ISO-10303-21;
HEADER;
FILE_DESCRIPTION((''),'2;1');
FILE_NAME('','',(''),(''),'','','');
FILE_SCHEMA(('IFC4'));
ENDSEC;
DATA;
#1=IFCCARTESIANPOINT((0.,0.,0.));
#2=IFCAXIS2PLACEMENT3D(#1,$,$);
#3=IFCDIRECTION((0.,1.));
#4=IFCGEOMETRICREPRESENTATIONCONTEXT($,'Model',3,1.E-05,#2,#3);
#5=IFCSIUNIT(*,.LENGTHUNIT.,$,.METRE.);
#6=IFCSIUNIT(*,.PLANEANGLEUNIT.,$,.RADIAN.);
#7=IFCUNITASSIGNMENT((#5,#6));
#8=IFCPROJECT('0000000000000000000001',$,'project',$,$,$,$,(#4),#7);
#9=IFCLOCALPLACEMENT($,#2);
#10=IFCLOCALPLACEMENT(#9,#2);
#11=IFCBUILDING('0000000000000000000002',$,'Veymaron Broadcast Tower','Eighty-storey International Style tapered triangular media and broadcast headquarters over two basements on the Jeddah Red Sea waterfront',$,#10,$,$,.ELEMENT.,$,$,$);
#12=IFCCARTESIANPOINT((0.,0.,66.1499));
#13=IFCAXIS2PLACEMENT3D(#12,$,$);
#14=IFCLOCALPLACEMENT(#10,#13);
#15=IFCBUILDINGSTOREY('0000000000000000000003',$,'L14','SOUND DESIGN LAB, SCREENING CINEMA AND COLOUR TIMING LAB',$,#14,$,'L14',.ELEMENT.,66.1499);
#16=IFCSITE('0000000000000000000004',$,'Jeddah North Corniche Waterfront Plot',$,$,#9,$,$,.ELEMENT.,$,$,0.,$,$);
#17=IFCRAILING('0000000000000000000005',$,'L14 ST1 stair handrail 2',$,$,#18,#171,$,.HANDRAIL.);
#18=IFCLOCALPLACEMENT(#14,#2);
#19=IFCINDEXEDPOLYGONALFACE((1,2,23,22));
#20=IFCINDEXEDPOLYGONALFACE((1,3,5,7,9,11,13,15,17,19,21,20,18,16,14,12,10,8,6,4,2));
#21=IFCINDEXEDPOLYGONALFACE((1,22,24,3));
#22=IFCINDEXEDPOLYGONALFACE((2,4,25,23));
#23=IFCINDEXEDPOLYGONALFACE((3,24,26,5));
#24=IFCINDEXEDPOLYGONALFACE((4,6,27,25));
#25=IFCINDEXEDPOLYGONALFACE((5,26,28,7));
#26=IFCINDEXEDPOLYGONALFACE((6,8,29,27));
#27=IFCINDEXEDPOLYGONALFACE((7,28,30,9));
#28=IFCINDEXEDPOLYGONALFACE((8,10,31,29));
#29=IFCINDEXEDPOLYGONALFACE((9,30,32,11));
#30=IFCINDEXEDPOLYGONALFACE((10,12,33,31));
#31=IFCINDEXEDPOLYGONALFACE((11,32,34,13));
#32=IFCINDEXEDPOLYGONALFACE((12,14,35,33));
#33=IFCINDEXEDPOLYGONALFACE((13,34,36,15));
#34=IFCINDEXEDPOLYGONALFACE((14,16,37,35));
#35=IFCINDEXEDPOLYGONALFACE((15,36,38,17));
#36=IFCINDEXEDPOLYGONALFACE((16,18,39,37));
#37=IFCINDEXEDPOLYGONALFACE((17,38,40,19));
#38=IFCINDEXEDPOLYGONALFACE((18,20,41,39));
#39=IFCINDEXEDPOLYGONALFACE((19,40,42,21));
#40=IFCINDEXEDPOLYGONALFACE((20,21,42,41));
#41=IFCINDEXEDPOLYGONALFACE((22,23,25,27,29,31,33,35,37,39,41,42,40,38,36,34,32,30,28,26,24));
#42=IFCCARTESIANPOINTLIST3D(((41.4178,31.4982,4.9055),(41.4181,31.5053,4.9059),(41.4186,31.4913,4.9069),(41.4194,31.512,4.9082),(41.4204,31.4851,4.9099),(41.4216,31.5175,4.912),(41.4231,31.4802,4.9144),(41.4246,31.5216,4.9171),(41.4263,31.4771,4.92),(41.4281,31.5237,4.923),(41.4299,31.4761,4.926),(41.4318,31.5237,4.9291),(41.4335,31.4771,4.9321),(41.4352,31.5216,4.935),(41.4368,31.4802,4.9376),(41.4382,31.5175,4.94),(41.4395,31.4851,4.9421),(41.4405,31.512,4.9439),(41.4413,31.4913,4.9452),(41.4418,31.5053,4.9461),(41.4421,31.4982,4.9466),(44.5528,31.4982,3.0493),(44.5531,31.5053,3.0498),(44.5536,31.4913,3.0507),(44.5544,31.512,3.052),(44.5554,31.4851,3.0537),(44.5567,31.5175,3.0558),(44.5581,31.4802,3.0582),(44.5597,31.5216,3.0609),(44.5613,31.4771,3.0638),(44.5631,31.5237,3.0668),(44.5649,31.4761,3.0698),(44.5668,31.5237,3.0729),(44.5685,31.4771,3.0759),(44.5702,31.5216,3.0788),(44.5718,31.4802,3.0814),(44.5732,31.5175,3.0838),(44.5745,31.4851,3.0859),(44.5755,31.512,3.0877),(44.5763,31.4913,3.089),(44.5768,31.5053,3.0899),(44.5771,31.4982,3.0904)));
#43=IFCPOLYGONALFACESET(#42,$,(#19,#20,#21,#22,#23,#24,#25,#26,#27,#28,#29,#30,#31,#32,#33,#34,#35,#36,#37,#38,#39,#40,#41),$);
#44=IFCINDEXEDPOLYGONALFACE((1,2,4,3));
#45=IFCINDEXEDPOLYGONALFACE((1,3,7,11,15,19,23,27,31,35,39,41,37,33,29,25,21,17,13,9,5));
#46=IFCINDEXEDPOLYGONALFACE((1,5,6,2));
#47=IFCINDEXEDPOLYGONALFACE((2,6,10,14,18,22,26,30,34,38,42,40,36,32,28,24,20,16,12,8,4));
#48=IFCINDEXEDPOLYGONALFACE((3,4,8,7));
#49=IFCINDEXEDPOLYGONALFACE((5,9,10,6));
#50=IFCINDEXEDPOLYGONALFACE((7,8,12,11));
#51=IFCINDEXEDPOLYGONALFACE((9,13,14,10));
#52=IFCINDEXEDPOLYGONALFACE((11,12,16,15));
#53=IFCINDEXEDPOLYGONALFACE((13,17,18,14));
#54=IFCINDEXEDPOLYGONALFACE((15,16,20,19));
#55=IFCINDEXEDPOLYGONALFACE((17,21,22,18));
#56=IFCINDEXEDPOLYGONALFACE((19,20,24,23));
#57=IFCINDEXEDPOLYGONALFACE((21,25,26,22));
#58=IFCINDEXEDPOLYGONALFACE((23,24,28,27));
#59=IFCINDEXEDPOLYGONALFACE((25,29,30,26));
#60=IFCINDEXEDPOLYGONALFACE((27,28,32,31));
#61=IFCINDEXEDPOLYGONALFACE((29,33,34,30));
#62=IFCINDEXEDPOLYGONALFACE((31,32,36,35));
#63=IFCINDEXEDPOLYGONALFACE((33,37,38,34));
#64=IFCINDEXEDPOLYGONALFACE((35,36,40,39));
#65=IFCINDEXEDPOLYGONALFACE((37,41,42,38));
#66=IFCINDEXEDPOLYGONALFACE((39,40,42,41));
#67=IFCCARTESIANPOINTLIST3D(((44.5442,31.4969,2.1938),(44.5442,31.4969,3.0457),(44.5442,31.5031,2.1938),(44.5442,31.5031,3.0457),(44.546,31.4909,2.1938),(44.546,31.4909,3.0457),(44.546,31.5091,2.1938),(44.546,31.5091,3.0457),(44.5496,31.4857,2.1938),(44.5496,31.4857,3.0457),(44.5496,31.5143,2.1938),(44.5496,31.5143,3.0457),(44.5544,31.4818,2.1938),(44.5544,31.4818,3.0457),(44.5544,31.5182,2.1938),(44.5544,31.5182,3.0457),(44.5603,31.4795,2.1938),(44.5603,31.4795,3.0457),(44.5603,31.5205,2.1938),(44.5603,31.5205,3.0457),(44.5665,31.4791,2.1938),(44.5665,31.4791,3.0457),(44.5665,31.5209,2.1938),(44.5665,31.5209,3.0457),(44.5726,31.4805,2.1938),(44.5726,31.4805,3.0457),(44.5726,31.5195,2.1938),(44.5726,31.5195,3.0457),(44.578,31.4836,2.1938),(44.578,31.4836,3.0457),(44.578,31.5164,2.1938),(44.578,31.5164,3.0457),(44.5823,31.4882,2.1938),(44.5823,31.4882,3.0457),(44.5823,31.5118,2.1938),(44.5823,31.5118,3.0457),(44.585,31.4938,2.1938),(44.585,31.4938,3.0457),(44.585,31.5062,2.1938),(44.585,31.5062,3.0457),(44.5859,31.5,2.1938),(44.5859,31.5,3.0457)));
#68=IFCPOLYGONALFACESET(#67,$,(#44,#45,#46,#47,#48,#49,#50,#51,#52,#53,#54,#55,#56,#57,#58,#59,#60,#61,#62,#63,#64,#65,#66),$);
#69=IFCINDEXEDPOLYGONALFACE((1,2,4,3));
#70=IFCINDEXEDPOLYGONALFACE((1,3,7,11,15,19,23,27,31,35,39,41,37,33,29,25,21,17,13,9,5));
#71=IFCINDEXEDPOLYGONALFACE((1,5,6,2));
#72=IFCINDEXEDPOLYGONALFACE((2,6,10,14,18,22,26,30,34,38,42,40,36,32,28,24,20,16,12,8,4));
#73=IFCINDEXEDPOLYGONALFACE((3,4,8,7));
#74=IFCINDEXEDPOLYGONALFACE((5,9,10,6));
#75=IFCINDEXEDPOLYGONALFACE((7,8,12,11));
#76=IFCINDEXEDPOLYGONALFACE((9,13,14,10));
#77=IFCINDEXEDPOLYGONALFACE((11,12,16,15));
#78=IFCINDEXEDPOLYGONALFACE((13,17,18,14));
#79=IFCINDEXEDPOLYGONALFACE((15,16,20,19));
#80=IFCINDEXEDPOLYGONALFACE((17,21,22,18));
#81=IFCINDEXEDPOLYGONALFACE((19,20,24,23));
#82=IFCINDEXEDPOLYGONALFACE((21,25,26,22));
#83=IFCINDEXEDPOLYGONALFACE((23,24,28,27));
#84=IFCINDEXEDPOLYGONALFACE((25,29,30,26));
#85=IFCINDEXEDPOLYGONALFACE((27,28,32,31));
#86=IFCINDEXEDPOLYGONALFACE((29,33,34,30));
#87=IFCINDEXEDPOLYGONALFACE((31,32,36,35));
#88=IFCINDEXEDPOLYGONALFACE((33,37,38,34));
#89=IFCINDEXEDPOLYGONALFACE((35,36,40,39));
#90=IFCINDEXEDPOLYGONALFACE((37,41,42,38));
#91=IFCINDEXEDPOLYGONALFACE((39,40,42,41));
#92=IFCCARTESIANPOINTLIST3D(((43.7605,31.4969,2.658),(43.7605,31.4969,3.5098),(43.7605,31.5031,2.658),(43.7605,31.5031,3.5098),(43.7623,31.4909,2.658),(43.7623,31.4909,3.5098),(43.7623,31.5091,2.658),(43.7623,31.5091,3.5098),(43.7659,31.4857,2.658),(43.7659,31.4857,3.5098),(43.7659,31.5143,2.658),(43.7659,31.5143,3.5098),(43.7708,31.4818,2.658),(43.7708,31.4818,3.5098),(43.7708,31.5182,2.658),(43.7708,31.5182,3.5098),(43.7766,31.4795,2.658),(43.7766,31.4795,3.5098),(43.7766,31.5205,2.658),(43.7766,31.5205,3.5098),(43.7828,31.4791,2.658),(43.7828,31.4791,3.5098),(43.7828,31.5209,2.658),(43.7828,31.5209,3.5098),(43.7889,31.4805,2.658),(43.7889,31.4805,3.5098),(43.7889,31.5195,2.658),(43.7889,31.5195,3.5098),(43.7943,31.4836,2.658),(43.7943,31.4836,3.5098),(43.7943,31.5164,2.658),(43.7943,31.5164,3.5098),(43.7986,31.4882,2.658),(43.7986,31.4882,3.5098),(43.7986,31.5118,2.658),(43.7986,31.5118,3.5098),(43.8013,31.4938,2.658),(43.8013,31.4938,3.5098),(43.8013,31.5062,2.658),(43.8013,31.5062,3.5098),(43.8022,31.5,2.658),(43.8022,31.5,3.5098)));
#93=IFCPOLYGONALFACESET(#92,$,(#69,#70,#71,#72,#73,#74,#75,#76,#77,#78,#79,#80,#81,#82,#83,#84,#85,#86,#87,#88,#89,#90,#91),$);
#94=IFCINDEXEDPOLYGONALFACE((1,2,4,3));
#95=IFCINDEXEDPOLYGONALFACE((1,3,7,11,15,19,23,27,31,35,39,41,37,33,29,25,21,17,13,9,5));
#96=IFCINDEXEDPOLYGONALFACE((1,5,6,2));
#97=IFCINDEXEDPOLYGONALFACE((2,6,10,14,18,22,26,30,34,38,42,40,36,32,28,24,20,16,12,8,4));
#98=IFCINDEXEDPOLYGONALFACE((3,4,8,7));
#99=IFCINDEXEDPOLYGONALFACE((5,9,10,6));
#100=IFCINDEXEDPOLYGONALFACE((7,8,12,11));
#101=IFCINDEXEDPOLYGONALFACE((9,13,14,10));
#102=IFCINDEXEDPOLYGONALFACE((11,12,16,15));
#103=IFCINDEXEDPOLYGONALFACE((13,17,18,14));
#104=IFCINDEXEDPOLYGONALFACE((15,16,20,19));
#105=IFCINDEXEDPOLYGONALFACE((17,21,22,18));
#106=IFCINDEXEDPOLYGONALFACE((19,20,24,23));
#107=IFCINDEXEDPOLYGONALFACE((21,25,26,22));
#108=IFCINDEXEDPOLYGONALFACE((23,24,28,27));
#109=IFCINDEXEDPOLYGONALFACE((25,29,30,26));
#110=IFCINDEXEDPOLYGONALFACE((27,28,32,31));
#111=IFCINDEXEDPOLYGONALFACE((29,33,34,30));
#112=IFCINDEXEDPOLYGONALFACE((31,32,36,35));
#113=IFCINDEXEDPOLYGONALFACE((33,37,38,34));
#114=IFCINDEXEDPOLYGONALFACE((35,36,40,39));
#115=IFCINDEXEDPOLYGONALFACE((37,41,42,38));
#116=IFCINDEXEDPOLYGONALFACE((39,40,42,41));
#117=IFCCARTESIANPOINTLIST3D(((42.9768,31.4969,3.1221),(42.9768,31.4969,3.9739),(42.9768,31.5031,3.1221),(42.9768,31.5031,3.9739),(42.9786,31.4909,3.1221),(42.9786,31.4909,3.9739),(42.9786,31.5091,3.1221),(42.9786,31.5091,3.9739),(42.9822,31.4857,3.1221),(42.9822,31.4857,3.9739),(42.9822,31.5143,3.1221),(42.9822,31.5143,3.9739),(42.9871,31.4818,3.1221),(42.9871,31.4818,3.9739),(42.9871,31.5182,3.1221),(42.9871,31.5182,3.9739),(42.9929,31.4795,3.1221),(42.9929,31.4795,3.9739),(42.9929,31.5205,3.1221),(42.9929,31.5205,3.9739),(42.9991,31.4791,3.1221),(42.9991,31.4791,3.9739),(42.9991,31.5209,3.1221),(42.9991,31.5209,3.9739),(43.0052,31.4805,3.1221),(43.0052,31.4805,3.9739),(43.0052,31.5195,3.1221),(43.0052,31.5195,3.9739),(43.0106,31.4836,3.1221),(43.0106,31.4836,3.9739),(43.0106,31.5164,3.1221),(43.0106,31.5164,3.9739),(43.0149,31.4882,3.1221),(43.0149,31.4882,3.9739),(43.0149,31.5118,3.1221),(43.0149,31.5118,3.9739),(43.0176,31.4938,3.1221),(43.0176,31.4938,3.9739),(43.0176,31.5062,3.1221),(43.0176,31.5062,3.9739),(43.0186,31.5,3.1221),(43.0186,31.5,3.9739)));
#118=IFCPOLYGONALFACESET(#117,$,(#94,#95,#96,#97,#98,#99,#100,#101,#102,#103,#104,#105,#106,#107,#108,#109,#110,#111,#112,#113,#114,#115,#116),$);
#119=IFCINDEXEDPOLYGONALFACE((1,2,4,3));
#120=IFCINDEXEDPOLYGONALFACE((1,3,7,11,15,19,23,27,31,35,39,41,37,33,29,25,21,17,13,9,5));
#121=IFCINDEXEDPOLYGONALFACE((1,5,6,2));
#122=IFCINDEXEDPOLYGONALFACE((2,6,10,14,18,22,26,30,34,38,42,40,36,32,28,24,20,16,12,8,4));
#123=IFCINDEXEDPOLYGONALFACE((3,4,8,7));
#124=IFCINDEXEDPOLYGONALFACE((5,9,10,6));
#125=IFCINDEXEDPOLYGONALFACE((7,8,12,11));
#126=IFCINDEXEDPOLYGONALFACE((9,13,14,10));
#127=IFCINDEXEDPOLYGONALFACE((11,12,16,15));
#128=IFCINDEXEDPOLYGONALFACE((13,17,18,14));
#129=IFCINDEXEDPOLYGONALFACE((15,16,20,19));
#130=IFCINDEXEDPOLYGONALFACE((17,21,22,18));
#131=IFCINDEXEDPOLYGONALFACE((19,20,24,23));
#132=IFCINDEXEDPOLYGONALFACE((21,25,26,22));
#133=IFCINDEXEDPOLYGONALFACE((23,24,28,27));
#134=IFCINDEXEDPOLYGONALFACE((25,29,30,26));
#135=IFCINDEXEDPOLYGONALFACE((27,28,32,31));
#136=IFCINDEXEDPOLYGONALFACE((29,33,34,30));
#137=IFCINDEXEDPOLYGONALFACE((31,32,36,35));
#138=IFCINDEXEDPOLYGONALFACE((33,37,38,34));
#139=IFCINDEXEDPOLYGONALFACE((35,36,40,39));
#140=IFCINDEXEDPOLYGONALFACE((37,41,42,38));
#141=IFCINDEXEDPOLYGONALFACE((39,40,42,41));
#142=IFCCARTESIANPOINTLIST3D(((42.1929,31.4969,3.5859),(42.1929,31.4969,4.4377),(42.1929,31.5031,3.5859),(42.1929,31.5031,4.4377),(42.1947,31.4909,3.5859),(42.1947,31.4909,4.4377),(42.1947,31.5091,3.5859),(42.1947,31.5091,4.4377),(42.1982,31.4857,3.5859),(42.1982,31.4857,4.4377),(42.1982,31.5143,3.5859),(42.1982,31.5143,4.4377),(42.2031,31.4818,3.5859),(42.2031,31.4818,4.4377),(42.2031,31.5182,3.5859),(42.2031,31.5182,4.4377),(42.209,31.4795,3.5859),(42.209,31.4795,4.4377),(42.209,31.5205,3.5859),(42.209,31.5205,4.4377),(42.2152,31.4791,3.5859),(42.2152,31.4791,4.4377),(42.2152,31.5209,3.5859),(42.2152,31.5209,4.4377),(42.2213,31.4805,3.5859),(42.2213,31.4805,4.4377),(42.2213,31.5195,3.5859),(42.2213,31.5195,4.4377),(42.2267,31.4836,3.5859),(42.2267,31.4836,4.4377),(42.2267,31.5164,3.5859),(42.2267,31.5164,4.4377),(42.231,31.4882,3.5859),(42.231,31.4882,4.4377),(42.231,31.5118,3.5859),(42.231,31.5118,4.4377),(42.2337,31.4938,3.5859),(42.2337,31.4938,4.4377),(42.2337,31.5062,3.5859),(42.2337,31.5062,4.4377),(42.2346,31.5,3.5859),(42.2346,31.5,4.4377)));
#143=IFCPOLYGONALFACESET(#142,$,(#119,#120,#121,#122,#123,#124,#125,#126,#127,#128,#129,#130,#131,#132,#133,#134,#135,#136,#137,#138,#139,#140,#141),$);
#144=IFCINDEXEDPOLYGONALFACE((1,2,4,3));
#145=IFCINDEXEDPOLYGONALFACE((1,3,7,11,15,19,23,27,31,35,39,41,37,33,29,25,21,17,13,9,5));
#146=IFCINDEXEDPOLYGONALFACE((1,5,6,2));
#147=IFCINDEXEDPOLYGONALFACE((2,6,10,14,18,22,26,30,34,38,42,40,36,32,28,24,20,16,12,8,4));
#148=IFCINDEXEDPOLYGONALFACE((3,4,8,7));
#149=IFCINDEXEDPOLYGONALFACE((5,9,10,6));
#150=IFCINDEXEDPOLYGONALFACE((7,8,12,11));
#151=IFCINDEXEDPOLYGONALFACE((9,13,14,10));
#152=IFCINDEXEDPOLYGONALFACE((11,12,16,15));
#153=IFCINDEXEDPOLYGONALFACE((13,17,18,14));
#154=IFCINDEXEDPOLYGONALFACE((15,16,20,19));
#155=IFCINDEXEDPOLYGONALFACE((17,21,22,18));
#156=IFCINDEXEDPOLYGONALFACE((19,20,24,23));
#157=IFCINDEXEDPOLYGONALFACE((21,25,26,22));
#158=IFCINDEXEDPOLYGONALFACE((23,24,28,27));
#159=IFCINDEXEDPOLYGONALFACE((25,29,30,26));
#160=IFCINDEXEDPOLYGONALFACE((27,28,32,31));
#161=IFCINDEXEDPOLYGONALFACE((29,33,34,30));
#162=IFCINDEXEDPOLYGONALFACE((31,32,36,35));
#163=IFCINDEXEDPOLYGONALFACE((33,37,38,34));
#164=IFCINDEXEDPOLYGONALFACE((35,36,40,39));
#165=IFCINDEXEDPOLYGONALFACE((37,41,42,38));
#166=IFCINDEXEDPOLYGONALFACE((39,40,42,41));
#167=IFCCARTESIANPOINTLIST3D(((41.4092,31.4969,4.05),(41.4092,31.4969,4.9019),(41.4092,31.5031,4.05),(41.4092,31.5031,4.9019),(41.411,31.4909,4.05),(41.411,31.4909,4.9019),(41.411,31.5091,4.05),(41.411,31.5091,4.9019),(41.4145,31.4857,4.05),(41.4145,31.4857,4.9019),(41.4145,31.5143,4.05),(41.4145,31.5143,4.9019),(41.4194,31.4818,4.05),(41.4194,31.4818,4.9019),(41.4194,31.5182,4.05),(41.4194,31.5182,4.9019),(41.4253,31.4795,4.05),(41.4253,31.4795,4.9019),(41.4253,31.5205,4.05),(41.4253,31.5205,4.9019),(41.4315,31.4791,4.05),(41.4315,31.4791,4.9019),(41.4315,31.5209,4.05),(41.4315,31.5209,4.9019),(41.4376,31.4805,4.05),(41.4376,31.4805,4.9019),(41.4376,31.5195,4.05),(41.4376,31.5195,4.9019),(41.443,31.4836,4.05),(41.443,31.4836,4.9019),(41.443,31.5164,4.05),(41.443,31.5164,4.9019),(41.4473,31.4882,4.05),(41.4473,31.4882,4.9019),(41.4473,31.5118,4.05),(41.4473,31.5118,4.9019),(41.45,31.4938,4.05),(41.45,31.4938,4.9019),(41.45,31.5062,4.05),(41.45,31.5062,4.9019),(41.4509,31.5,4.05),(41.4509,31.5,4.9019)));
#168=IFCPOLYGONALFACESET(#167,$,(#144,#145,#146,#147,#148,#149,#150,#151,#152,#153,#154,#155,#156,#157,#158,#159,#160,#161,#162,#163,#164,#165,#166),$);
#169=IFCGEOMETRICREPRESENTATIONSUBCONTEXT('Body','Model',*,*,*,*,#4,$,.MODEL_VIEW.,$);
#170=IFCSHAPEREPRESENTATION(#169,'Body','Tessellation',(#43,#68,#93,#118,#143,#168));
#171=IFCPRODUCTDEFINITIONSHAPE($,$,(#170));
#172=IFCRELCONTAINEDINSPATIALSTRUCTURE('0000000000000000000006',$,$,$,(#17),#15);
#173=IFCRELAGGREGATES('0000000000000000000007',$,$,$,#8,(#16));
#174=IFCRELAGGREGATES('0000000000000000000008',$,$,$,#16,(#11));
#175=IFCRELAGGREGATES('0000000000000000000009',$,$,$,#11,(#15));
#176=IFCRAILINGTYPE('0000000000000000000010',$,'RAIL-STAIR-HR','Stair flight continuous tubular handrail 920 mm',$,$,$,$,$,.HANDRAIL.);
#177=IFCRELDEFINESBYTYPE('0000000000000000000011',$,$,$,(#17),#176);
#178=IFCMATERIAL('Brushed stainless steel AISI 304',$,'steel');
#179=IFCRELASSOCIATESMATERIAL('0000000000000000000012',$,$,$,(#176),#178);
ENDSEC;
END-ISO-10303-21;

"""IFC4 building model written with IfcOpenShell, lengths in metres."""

from ifc_helpers import new_model, si_unit, direction, frame, origin, origin_2d, place, context, subcontext, project, spatial, circle, extrude, material, type_object, element, save


model = new_model("IFC4")

# Units and contexts
model_context = context("Model", 3, precision=1e-05, world=origin(), true_north=direction((0.0, 1.0)))
body_context = subcontext(model_context, "Body", "Model", "MODEL_VIEW")
ifc_project = project(units=[si_unit("LENGTHUNIT", "METRE"), si_unit("PLANEANGLEUNIT", "RADIAN")], contexts=[model_context])

# Site, building, storey
site_placement = place(None, origin())
site = spatial("IfcSite", under=ifc_project, at=site_placement, Name="Jeddah North Corniche Waterfront Plot", CompositionType="ELEMENT", RefElevation=0.0)
building_placement = place(site_placement, origin())
building = spatial("IfcBuilding", under=site, at=building_placement, Name="Veymaron Broadcast Tower", Description="Eighty-storey International Style tapered triangular media and broadcast headquarters over two basements on the Jeddah Red Sea waterfront", CompositionType="ELEMENT")
storey_placement = place(building_placement, frame((0.0, 0.0, 66.1499)))
storey = spatial("IfcBuildingStorey", under=building, at=storey_placement, Name="L14", Description="SOUND DESIGN LAB, SCREENING CINEMA AND COLOUR TIMING LAB", LongName="L14", CompositionType="ELEMENT", Elevation=66.1499)

# Shared definitions
ifc_material_1 = material(Name="Brushed stainless steel AISI 304", Category="steel")

# Railing
railing_type_1 = type_object("IfcRailingType", Name="RAIL-STAIR-HR", Description="Stair flight continuous tubular handrail 920 mm", PredefinedType="HANDRAIL", material=ifc_material_1)
railing_1_placement = place(storey_placement, frame((44.5649, 31.5, 2.1938)))
element("IfcRailing", 1, at=railing_1_placement, inside=storey, type_object=railing_type_1, Name="L14 ST1 stair handrail 2", PredefinedType="HANDRAIL", context=body_context, shape_type="SweptSolid", body=[
    extrude(circle(Radius=0.0239, at=origin_2d()), frame((0.0, 0.0, 0.876), z_axis=(-0.860482, 0.0, 0.509481), x_axis=(0.0, -1.0, 0.0)), (0.0, 0.0, 1.0), 3.6433),
    extrude(circle(Radius=0.021, at=origin_2d()), origin(), (0.0, 0.0, 1.0), 0.8518),
    extrude(circle(Radius=0.021, at=origin_2d()), frame((-0.7837, 0.0, 0.4641)), (0.0, 0.0, 1.0), 0.8518),
    extrude(circle(Radius=0.021, at=origin_2d()), frame((-1.5674, 0.0, 0.9282)), (0.0, 0.0, 1.0), 0.8518),
    extrude(circle(Radius=0.021, at=origin_2d()), frame((-2.3513, 0.0, 1.3921)), (0.0, 0.0, 1.0), 0.8518),
    extrude(circle(Radius=0.021, at=origin_2d()), frame((-3.135, 0.0, 1.8562)), (0.0, 0.0, 1.0), 0.8518),
])

save(model, "model.ifc")
